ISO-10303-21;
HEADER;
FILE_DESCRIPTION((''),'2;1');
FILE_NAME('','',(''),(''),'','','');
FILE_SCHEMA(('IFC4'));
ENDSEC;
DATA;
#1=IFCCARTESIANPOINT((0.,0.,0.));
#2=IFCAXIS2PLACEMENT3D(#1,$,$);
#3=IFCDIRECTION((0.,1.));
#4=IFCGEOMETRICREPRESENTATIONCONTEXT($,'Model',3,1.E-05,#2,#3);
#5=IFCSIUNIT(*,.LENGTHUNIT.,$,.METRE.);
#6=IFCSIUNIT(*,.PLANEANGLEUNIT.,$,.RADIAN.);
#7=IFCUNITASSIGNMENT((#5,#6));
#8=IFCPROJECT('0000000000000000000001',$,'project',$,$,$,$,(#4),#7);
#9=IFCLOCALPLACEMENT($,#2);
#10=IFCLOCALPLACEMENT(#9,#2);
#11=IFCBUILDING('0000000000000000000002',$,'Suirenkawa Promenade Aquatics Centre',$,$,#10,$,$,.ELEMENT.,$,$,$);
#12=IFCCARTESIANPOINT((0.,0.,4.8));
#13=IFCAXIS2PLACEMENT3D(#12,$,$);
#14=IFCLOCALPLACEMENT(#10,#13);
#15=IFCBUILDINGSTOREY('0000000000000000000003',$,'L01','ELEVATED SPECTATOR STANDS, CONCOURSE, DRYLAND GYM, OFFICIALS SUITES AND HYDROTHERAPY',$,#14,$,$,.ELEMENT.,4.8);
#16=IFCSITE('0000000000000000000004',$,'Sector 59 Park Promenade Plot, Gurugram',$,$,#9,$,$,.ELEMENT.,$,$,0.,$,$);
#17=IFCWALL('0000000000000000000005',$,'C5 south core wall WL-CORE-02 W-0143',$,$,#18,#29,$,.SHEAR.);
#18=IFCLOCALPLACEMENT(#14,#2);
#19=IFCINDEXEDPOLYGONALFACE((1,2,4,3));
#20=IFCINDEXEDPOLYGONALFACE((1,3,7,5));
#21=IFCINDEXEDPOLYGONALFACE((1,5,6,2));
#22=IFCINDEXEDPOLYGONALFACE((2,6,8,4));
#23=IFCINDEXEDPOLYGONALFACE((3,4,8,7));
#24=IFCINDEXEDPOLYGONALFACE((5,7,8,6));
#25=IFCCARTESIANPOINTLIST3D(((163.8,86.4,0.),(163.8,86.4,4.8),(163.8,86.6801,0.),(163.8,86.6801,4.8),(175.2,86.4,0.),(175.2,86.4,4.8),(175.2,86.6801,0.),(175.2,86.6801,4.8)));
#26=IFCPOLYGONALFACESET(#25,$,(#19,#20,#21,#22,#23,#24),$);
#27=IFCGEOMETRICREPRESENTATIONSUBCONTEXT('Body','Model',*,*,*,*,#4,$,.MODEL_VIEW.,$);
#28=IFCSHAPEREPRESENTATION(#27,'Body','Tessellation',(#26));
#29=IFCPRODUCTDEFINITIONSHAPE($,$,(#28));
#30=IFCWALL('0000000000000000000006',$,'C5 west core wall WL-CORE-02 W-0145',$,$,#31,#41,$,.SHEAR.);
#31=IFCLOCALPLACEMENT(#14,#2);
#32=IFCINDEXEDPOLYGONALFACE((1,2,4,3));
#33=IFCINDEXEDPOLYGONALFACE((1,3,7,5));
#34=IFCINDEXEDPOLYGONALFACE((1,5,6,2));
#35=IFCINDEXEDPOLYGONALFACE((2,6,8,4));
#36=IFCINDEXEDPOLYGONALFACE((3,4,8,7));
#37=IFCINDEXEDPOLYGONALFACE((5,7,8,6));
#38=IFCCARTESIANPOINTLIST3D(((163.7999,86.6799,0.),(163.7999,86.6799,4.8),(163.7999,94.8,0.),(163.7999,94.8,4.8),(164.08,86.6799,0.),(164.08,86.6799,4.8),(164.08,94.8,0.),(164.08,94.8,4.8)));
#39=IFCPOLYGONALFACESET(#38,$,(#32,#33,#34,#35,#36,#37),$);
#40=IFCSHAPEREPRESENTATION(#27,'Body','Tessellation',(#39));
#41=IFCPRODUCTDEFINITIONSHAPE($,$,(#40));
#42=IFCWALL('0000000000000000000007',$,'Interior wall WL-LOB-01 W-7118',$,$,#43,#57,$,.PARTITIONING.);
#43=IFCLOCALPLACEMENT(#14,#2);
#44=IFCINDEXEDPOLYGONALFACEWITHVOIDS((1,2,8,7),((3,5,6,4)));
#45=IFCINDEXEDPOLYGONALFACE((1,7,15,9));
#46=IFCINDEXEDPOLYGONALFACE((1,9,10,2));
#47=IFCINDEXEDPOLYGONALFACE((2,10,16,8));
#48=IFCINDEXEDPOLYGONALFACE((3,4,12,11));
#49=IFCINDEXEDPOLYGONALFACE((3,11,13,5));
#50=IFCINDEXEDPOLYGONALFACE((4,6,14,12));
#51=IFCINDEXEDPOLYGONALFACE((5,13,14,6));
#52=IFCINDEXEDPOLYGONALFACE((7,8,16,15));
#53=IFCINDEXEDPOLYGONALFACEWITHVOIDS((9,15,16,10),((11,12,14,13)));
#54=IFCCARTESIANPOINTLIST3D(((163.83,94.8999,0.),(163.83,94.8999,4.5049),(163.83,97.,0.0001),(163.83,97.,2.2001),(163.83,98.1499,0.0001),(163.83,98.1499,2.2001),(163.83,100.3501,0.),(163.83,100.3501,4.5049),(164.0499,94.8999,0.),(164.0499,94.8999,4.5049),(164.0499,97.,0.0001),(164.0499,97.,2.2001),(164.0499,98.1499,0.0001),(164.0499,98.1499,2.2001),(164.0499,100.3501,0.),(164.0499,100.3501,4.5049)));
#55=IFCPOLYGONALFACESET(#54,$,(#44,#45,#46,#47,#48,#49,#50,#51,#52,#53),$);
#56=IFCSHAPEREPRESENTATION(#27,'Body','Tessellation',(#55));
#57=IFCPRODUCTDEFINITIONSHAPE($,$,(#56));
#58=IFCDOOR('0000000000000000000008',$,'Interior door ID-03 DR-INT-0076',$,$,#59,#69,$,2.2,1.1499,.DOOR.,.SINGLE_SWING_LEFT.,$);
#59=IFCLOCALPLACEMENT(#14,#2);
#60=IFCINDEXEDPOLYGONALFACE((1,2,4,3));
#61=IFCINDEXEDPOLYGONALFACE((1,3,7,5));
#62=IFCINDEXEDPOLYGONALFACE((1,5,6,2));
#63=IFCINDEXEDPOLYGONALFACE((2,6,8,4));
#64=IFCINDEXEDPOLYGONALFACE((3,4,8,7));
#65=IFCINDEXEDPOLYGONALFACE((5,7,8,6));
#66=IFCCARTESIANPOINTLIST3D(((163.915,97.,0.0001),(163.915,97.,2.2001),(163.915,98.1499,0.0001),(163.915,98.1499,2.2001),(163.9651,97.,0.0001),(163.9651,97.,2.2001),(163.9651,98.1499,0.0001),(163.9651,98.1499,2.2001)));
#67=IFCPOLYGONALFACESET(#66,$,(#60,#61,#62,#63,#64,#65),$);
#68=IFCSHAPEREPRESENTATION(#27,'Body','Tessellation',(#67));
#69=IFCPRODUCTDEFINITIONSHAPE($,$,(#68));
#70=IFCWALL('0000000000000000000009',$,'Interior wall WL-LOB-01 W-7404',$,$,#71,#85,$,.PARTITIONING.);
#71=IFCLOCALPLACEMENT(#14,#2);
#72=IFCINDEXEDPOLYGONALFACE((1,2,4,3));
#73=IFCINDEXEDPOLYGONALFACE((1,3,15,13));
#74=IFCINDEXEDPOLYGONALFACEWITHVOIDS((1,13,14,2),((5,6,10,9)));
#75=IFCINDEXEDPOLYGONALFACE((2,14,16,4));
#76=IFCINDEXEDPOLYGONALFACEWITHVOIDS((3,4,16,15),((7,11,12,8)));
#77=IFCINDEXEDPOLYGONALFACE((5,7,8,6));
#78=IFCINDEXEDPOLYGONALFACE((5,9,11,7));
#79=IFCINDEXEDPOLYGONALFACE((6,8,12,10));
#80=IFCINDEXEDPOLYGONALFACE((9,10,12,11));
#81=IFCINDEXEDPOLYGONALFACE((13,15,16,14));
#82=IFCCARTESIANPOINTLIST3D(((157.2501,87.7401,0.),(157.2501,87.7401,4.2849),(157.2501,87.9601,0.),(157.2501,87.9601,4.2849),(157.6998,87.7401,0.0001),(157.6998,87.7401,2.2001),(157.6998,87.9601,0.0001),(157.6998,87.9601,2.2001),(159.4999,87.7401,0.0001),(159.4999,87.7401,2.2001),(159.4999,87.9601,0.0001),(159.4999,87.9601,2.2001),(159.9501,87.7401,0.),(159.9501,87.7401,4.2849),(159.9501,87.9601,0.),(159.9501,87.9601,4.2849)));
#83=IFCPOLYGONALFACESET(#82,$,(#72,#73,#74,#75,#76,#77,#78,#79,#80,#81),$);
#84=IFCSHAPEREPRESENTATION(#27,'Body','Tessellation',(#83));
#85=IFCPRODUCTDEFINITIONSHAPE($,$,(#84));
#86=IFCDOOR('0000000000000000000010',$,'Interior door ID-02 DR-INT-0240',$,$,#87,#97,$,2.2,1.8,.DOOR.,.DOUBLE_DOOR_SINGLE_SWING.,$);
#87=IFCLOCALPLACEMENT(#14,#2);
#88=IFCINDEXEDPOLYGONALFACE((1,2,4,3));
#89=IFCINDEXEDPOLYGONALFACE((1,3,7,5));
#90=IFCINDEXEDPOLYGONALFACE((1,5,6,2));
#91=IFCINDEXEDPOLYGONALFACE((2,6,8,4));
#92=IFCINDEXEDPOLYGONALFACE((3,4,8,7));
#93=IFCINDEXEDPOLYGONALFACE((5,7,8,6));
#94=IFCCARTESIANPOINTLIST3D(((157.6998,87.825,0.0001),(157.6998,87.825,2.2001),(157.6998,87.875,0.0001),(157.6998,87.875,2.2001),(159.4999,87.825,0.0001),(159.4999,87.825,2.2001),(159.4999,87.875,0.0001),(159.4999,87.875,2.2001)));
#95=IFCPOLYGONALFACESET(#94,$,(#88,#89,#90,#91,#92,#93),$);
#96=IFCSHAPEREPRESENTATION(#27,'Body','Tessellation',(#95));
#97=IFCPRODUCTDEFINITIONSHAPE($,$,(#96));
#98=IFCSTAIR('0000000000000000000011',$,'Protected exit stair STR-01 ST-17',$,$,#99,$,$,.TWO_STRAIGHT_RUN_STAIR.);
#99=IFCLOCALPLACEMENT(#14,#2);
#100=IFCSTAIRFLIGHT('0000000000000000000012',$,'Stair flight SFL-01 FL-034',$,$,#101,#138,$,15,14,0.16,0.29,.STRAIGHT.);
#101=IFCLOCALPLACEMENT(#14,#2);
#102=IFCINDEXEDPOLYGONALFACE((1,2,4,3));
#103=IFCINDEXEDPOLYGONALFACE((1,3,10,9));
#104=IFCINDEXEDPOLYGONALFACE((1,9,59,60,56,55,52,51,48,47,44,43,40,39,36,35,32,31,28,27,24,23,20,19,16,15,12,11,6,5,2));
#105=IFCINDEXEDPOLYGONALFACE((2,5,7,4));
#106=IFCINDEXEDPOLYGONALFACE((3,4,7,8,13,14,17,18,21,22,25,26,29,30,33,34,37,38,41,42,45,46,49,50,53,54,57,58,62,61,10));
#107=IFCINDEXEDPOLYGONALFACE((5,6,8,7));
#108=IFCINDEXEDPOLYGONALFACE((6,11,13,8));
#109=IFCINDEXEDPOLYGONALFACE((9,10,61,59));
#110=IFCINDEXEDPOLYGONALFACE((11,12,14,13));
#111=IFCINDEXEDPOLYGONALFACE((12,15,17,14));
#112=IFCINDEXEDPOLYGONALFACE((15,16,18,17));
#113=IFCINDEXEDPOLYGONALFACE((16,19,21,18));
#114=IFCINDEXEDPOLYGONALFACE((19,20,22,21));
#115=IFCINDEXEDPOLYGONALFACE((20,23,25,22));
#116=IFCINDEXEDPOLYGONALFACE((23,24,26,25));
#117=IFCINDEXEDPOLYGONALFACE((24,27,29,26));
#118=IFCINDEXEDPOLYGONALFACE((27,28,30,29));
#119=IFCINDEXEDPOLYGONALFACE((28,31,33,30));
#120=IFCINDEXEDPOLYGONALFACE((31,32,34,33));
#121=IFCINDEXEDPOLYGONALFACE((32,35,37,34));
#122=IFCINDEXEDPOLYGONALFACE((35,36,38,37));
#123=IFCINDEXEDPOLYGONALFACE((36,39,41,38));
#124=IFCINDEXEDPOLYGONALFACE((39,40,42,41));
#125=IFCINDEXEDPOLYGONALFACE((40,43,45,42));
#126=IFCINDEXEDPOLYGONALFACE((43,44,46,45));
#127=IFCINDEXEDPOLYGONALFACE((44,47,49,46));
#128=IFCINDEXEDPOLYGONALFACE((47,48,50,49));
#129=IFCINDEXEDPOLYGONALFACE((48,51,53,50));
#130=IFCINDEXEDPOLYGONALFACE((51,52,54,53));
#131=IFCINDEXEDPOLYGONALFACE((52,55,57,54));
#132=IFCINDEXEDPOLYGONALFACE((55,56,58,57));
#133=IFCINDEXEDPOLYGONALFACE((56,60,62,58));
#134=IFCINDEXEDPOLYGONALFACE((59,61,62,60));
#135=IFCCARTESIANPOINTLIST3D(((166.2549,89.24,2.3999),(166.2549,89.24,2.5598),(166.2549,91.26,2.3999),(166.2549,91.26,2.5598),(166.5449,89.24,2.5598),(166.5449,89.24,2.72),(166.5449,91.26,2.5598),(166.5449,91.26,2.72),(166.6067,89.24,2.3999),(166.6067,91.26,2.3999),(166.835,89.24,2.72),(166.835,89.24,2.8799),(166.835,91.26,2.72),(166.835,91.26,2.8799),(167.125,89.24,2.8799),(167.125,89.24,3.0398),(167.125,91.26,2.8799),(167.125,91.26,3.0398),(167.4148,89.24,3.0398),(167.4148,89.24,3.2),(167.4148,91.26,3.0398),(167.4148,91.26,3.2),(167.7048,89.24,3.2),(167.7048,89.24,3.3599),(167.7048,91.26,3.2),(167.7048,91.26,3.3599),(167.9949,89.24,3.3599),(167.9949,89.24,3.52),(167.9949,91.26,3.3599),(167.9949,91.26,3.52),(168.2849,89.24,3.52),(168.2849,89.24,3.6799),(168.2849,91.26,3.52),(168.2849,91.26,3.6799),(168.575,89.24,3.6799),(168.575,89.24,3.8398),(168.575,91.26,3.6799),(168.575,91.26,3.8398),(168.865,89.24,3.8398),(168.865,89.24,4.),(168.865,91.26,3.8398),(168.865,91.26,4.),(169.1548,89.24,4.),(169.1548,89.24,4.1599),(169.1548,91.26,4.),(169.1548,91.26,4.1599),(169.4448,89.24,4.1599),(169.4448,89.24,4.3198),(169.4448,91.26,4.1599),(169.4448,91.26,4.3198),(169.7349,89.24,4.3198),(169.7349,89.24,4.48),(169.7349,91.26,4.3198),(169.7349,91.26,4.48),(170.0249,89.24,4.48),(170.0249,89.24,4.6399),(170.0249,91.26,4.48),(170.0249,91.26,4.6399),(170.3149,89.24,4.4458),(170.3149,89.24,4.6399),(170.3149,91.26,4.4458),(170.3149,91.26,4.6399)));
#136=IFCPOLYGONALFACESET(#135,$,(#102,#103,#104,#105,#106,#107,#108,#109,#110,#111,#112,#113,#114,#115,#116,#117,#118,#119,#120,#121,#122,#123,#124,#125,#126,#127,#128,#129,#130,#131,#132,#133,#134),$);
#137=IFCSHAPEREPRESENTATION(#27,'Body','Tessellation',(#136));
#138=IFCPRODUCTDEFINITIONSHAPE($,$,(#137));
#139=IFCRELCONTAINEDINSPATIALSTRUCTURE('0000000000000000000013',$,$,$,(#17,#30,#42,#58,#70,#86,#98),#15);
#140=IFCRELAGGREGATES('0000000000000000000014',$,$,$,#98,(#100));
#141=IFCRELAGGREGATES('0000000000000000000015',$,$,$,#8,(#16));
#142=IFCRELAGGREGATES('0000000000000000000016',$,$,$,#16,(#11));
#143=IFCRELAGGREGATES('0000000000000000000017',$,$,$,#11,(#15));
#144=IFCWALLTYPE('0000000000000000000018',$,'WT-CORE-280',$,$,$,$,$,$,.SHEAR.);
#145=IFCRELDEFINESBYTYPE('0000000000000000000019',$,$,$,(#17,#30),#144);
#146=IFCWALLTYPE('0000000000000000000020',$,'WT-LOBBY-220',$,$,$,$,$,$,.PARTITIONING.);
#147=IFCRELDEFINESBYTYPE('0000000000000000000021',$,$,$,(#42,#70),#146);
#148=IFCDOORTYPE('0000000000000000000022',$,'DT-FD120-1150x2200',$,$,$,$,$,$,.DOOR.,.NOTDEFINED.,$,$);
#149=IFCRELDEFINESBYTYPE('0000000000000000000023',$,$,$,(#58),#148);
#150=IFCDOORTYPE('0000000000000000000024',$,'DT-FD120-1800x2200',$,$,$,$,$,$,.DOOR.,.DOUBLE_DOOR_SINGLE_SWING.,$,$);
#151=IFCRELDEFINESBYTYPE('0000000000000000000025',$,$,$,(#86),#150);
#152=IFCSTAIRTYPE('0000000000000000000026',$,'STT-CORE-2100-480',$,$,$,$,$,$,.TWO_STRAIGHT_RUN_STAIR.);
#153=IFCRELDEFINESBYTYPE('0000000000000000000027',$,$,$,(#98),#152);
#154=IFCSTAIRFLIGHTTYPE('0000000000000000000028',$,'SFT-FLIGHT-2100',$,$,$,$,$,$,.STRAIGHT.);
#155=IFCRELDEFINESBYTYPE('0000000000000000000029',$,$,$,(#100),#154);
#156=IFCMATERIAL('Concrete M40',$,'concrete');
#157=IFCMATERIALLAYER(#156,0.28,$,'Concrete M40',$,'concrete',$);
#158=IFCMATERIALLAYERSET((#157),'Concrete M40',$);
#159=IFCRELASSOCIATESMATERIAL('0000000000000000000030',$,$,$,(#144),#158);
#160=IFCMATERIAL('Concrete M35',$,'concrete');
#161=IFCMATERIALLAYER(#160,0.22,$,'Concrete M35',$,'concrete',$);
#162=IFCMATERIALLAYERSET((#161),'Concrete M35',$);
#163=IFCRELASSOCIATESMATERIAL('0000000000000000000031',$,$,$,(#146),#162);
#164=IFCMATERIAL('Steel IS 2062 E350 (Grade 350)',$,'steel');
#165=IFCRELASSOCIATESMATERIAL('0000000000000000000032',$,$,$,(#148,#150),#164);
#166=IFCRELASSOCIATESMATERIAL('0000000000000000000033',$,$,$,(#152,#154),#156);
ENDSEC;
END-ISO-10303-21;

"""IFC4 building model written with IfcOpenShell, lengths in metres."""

from ifc_helpers import new_model, si_unit, direction, frame, frame_2d, origin, place, context, subcontext, project, spatial, polyline, rectangle, outline, extrude, material, layer, layer_set, type_object, element, fill, aggregate, save


model = new_model("IFC4")

# Units and contexts
model_context = context("Model", 3, precision=1e-05, world=origin(), true_north=direction((0.0, 1.0)))
body_context = subcontext(model_context, "Body", "Model", "MODEL_VIEW")
ifc_project = project(units=[si_unit("LENGTHUNIT", "METRE"), si_unit("PLANEANGLEUNIT", "RADIAN")], contexts=[model_context])

# Site, building, storey
site_placement = place(None, origin())
site = spatial("IfcSite", under=ifc_project, at=site_placement, Name="Sector 59 Park Promenade Plot, Gurugram", CompositionType="ELEMENT", RefElevation=0.0)
building_placement = place(site_placement, origin())
building = spatial("IfcBuilding", under=site, at=building_placement, Name="Suirenkawa Promenade Aquatics Centre", CompositionType="ELEMENT")
storey_placement = place(building_placement, frame((0.0, 0.0, 4.8)))
storey = spatial("IfcBuildingStorey", under=building, at=storey_placement, Name="L01", Description="ELEVATED SPECTATOR STANDS, CONCOURSE, DRYLAND GYM, OFFICIALS SUITES AND HYDROTHERAPY", CompositionType="ELEMENT", Elevation=4.8)

# Shared definitions
ifc_material_1 = material(Name="Concrete M40", Category="concrete")

# Walls
ifc_layer_1 = layer(ifc_material_1, 0.28, Name="Concrete M40", Category="concrete")
ifc_layer_set_1 = layer_set([ifc_layer_1], Name="Concrete M40")
wall_type_1 = type_object("IfcWallType", Name="WT-CORE-280", PredefinedType="SHEAR", material=ifc_layer_set_1)
wall_1_placement = place(storey_placement, frame((163.8, 86.54, 0.0), z_axis=(0.0, 0.0, 1.0), x_axis=(1.0, 0.0, 0.0)))
element("IfcWall", 1, at=wall_1_placement, inside=storey, type_object=wall_type_1, Name="C5 south core wall WL-CORE-02 W-0143", PredefinedType="SHEAR", context=body_context, shape_type="SweptSolid", body=[
    extrude(rectangle(XDim=11.3999, YDim=0.28, at=frame_2d((5.7, 0.0))), origin(), (0.0, 0.0, 1.0), 4.8),
])
wall_2_placement = place(storey_placement, frame((163.9399, 86.6799, 0.0), z_axis=(0.0, 0.0, 1.0), x_axis=(0.0, 1.0, 0.0)))
element("IfcWall", 2, at=wall_2_placement, inside=storey, type_object=wall_type_1, Name="C5 west core wall WL-CORE-02 W-0145", PredefinedType="SHEAR", context=body_context, shape_type="SweptSolid", body=[
    extrude(rectangle(XDim=8.1201, YDim=0.28, at=frame_2d((4.0601, 0.0))), origin(), (0.0, 0.0, 1.0), 4.8),
])

# Walls, openings, doors
ifc_material_2 = material(Name="Concrete M35", Category="concrete")
ifc_layer_2 = layer(ifc_material_2, 0.22, Name="Concrete M35", Category="concrete")
ifc_layer_set_2 = layer_set([ifc_layer_2], Name="Concrete M35")
wall_type_2 = type_object("IfcWallType", Name="WT-LOBBY-220", PredefinedType="PARTITIONING", material=ifc_layer_set_2)
wall_3_placement = place(storey_placement, frame((163.9399, 94.8999, 0.0), z_axis=(0.0, 0.0, 1.0), x_axis=(0.0, 1.0, 0.0)))
wall_3 = element("IfcWall", 3, at=wall_3_placement, inside=storey, type_object=wall_type_2, Name="Interior wall WL-LOB-01 W-7118", PredefinedType="PARTITIONING", context=body_context, shape_type="SweptSolid", body=[
    extrude(rectangle(XDim=5.4502, YDim=0.22, at=frame_2d((2.7251, 0.0))), origin(), (0.0, 0.0, 1.0), 4.5049),
])
opening_1_placement = place(wall_3_placement, frame((2.1001, 0.0, 0.0)))
opening_1 = element("IfcOpeningElement", 4, at=opening_1_placement, cuts=wall_3, PredefinedType="OPENING", context=body_context, shape_type="SweptSolid", body=[
    extrude(rectangle(XDim=1.1499, YDim=2.2, at=frame_2d((0.575, 1.1001))), frame((0.0, 0.1199, 0.0), z_axis=(0.0, -1.0, 0.0), x_axis=(1.0, 0.0, 0.0)), (0.0, 0.0, 1.0), 0.24),
])
ifc_material_3 = material(Name="Steel IS 2062 E350 (Grade 350)", Category="steel")
door_type_1 = type_object("IfcDoorType", Name="DT-FD120-1150x2200", OperationType="NOTDEFINED", PredefinedType="DOOR", material=ifc_material_3)
door_1_placement = place(opening_1_placement, origin())
door_1 = element("IfcDoor", 5, at=door_1_placement, inside=storey, type_object=door_type_1, Name="Interior door ID-03 DR-INT-0076", OperationType="SINGLE_SWING_LEFT", OverallHeight=2.2, OverallWidth=1.1499, PredefinedType="DOOR", context=body_context, shape_type="SweptSolid", body=[
    extrude(rectangle(XDim=1.1499, YDim=2.2, at=frame_2d((0.575, 1.1001))), frame((0.0, 0.0249, 0.0), z_axis=(0.0, -1.0, 0.0), x_axis=(1.0, 0.0, 0.0)), (0.0, 0.0, 1.0), 0.05),
])
fill(opening_1, door_1)
wall_4_placement = place(storey_placement, frame((157.25, 87.8501, 0.0), z_axis=(0.0, 0.0, 1.0), x_axis=(1.0, 0.0, 0.0)))
wall_4 = element("IfcWall", 6, at=wall_4_placement, inside=storey, type_object=wall_type_2, Name="Interior wall WL-LOB-01 W-7404", PredefinedType="PARTITIONING", context=body_context, shape_type="SweptSolid", body=[
    extrude(rectangle(XDim=2.7, YDim=0.22, at=frame_2d((1.3501, 0.0))), origin(), (0.0, 0.0, 1.0), 4.2849),
])
opening_2_placement = place(wall_4_placement, frame((0.45, 0.0, 0.0)))
opening_2 = element("IfcOpeningElement", 7, at=opening_2_placement, cuts=wall_4, PredefinedType="OPENING", context=body_context, shape_type="SweptSolid", body=[
    extrude(rectangle(XDim=1.8, YDim=2.2, at=frame_2d((0.8999, 1.1001))), frame((0.0, 0.1199, 0.0), z_axis=(0.0, -1.0, 0.0), x_axis=(1.0, 0.0, 0.0)), (0.0, 0.0, 1.0), 0.24),
])
door_type_2 = type_object("IfcDoorType", Name="DT-FD120-1800x2200", OperationType="DOUBLE_DOOR_SINGLE_SWING", PredefinedType="DOOR", material=ifc_material_3)
door_2_placement = place(opening_2_placement, origin())
door_2 = element("IfcDoor", 8, at=door_2_placement, inside=storey, type_object=door_type_2, Name="Interior door ID-02 DR-INT-0240", OperationType="DOUBLE_DOOR_SINGLE_SWING", OverallHeight=2.2, OverallWidth=1.8, PredefinedType="DOOR", context=body_context, shape_type="SweptSolid", body=[
    extrude(rectangle(XDim=1.8, YDim=2.2, at=frame_2d((0.8999, 1.1001))), frame((0.0, 0.0249, 0.0), z_axis=(0.0, -1.0, 0.0), x_axis=(1.0, 0.0, 0.0)), (0.0, 0.0, 1.0), 0.05),
])
fill(opening_2, door_2)

# Stair, stair flight
stair_type = type_object("IfcStairType", Name="STT-CORE-2100-480", PredefinedType="TWO_STRAIGHT_RUN_STAIR", material=ifc_material_1)
stair_placement = place(storey_placement, origin())
stair = element("IfcStair", 9, at=stair_placement, inside=storey, type_object=stair_type, Name="Protected exit stair STR-01 ST-17", PredefinedType="TWO_STRAIGHT_RUN_STAIR")
stair_flight_type = type_object("IfcStairFlightType", Name="SFT-FLIGHT-2100", PredefinedType="STRAIGHT", material=ifc_material_1)
stair_flight_placement = place(storey_placement, frame((166.2549, 90.25, 2.3999), z_axis=(0.0, 0.0, 1.0), x_axis=(1.0, 0.0, 0.0)))
stair_flight = element("IfcStairFlight", 10, at=stair_flight_placement, type_object=stair_flight_type, Name="Stair flight SFL-01 FL-034", NumberOfRisers=15, NumberOfTreads=14, PredefinedType="STRAIGHT", RiserHeight=0.16, TreadLength=0.29, context=body_context, shape_type="SweptSolid", body=[
    extrude(outline(polyline([(0.0, 0.0), (0.0, 0.1599), (0.29, 0.1599), (0.29, 0.3201), (0.5801, 0.3201), (0.5801, 0.48), (0.8701, 0.48), (0.8701, 0.6399), (1.1599, 0.6399), (1.1599, 0.8), (1.45, 0.8), (1.45, 0.96), (1.74, 0.96), (1.74, 1.1201), (2.03, 1.1201), (2.03, 1.28), (2.3201, 1.28), (2.3201, 1.4399), (2.6101, 1.4399), (2.6101, 1.6001), (2.8999, 1.6001), (2.8999, 1.76), (3.1899, 1.76), (3.1899, 1.9199), (3.48, 1.9199), (3.48, 2.0801), (3.77, 2.0801), (3.77, 2.24), (4.0601, 2.24), (4.0601, 2.3999), (4.0601, 2.0459), (0.3518, 0.0), (0.0, 0.0)])), frame((0.0, 1.01, 0.0), z_axis=(0.0, -1.0, 0.0), x_axis=(1.0, 0.0, 0.0)), (0.0, 0.0, 1.0), 2.02),
])
aggregate(stair, [stair_flight])

save(model, "model.ifc")
